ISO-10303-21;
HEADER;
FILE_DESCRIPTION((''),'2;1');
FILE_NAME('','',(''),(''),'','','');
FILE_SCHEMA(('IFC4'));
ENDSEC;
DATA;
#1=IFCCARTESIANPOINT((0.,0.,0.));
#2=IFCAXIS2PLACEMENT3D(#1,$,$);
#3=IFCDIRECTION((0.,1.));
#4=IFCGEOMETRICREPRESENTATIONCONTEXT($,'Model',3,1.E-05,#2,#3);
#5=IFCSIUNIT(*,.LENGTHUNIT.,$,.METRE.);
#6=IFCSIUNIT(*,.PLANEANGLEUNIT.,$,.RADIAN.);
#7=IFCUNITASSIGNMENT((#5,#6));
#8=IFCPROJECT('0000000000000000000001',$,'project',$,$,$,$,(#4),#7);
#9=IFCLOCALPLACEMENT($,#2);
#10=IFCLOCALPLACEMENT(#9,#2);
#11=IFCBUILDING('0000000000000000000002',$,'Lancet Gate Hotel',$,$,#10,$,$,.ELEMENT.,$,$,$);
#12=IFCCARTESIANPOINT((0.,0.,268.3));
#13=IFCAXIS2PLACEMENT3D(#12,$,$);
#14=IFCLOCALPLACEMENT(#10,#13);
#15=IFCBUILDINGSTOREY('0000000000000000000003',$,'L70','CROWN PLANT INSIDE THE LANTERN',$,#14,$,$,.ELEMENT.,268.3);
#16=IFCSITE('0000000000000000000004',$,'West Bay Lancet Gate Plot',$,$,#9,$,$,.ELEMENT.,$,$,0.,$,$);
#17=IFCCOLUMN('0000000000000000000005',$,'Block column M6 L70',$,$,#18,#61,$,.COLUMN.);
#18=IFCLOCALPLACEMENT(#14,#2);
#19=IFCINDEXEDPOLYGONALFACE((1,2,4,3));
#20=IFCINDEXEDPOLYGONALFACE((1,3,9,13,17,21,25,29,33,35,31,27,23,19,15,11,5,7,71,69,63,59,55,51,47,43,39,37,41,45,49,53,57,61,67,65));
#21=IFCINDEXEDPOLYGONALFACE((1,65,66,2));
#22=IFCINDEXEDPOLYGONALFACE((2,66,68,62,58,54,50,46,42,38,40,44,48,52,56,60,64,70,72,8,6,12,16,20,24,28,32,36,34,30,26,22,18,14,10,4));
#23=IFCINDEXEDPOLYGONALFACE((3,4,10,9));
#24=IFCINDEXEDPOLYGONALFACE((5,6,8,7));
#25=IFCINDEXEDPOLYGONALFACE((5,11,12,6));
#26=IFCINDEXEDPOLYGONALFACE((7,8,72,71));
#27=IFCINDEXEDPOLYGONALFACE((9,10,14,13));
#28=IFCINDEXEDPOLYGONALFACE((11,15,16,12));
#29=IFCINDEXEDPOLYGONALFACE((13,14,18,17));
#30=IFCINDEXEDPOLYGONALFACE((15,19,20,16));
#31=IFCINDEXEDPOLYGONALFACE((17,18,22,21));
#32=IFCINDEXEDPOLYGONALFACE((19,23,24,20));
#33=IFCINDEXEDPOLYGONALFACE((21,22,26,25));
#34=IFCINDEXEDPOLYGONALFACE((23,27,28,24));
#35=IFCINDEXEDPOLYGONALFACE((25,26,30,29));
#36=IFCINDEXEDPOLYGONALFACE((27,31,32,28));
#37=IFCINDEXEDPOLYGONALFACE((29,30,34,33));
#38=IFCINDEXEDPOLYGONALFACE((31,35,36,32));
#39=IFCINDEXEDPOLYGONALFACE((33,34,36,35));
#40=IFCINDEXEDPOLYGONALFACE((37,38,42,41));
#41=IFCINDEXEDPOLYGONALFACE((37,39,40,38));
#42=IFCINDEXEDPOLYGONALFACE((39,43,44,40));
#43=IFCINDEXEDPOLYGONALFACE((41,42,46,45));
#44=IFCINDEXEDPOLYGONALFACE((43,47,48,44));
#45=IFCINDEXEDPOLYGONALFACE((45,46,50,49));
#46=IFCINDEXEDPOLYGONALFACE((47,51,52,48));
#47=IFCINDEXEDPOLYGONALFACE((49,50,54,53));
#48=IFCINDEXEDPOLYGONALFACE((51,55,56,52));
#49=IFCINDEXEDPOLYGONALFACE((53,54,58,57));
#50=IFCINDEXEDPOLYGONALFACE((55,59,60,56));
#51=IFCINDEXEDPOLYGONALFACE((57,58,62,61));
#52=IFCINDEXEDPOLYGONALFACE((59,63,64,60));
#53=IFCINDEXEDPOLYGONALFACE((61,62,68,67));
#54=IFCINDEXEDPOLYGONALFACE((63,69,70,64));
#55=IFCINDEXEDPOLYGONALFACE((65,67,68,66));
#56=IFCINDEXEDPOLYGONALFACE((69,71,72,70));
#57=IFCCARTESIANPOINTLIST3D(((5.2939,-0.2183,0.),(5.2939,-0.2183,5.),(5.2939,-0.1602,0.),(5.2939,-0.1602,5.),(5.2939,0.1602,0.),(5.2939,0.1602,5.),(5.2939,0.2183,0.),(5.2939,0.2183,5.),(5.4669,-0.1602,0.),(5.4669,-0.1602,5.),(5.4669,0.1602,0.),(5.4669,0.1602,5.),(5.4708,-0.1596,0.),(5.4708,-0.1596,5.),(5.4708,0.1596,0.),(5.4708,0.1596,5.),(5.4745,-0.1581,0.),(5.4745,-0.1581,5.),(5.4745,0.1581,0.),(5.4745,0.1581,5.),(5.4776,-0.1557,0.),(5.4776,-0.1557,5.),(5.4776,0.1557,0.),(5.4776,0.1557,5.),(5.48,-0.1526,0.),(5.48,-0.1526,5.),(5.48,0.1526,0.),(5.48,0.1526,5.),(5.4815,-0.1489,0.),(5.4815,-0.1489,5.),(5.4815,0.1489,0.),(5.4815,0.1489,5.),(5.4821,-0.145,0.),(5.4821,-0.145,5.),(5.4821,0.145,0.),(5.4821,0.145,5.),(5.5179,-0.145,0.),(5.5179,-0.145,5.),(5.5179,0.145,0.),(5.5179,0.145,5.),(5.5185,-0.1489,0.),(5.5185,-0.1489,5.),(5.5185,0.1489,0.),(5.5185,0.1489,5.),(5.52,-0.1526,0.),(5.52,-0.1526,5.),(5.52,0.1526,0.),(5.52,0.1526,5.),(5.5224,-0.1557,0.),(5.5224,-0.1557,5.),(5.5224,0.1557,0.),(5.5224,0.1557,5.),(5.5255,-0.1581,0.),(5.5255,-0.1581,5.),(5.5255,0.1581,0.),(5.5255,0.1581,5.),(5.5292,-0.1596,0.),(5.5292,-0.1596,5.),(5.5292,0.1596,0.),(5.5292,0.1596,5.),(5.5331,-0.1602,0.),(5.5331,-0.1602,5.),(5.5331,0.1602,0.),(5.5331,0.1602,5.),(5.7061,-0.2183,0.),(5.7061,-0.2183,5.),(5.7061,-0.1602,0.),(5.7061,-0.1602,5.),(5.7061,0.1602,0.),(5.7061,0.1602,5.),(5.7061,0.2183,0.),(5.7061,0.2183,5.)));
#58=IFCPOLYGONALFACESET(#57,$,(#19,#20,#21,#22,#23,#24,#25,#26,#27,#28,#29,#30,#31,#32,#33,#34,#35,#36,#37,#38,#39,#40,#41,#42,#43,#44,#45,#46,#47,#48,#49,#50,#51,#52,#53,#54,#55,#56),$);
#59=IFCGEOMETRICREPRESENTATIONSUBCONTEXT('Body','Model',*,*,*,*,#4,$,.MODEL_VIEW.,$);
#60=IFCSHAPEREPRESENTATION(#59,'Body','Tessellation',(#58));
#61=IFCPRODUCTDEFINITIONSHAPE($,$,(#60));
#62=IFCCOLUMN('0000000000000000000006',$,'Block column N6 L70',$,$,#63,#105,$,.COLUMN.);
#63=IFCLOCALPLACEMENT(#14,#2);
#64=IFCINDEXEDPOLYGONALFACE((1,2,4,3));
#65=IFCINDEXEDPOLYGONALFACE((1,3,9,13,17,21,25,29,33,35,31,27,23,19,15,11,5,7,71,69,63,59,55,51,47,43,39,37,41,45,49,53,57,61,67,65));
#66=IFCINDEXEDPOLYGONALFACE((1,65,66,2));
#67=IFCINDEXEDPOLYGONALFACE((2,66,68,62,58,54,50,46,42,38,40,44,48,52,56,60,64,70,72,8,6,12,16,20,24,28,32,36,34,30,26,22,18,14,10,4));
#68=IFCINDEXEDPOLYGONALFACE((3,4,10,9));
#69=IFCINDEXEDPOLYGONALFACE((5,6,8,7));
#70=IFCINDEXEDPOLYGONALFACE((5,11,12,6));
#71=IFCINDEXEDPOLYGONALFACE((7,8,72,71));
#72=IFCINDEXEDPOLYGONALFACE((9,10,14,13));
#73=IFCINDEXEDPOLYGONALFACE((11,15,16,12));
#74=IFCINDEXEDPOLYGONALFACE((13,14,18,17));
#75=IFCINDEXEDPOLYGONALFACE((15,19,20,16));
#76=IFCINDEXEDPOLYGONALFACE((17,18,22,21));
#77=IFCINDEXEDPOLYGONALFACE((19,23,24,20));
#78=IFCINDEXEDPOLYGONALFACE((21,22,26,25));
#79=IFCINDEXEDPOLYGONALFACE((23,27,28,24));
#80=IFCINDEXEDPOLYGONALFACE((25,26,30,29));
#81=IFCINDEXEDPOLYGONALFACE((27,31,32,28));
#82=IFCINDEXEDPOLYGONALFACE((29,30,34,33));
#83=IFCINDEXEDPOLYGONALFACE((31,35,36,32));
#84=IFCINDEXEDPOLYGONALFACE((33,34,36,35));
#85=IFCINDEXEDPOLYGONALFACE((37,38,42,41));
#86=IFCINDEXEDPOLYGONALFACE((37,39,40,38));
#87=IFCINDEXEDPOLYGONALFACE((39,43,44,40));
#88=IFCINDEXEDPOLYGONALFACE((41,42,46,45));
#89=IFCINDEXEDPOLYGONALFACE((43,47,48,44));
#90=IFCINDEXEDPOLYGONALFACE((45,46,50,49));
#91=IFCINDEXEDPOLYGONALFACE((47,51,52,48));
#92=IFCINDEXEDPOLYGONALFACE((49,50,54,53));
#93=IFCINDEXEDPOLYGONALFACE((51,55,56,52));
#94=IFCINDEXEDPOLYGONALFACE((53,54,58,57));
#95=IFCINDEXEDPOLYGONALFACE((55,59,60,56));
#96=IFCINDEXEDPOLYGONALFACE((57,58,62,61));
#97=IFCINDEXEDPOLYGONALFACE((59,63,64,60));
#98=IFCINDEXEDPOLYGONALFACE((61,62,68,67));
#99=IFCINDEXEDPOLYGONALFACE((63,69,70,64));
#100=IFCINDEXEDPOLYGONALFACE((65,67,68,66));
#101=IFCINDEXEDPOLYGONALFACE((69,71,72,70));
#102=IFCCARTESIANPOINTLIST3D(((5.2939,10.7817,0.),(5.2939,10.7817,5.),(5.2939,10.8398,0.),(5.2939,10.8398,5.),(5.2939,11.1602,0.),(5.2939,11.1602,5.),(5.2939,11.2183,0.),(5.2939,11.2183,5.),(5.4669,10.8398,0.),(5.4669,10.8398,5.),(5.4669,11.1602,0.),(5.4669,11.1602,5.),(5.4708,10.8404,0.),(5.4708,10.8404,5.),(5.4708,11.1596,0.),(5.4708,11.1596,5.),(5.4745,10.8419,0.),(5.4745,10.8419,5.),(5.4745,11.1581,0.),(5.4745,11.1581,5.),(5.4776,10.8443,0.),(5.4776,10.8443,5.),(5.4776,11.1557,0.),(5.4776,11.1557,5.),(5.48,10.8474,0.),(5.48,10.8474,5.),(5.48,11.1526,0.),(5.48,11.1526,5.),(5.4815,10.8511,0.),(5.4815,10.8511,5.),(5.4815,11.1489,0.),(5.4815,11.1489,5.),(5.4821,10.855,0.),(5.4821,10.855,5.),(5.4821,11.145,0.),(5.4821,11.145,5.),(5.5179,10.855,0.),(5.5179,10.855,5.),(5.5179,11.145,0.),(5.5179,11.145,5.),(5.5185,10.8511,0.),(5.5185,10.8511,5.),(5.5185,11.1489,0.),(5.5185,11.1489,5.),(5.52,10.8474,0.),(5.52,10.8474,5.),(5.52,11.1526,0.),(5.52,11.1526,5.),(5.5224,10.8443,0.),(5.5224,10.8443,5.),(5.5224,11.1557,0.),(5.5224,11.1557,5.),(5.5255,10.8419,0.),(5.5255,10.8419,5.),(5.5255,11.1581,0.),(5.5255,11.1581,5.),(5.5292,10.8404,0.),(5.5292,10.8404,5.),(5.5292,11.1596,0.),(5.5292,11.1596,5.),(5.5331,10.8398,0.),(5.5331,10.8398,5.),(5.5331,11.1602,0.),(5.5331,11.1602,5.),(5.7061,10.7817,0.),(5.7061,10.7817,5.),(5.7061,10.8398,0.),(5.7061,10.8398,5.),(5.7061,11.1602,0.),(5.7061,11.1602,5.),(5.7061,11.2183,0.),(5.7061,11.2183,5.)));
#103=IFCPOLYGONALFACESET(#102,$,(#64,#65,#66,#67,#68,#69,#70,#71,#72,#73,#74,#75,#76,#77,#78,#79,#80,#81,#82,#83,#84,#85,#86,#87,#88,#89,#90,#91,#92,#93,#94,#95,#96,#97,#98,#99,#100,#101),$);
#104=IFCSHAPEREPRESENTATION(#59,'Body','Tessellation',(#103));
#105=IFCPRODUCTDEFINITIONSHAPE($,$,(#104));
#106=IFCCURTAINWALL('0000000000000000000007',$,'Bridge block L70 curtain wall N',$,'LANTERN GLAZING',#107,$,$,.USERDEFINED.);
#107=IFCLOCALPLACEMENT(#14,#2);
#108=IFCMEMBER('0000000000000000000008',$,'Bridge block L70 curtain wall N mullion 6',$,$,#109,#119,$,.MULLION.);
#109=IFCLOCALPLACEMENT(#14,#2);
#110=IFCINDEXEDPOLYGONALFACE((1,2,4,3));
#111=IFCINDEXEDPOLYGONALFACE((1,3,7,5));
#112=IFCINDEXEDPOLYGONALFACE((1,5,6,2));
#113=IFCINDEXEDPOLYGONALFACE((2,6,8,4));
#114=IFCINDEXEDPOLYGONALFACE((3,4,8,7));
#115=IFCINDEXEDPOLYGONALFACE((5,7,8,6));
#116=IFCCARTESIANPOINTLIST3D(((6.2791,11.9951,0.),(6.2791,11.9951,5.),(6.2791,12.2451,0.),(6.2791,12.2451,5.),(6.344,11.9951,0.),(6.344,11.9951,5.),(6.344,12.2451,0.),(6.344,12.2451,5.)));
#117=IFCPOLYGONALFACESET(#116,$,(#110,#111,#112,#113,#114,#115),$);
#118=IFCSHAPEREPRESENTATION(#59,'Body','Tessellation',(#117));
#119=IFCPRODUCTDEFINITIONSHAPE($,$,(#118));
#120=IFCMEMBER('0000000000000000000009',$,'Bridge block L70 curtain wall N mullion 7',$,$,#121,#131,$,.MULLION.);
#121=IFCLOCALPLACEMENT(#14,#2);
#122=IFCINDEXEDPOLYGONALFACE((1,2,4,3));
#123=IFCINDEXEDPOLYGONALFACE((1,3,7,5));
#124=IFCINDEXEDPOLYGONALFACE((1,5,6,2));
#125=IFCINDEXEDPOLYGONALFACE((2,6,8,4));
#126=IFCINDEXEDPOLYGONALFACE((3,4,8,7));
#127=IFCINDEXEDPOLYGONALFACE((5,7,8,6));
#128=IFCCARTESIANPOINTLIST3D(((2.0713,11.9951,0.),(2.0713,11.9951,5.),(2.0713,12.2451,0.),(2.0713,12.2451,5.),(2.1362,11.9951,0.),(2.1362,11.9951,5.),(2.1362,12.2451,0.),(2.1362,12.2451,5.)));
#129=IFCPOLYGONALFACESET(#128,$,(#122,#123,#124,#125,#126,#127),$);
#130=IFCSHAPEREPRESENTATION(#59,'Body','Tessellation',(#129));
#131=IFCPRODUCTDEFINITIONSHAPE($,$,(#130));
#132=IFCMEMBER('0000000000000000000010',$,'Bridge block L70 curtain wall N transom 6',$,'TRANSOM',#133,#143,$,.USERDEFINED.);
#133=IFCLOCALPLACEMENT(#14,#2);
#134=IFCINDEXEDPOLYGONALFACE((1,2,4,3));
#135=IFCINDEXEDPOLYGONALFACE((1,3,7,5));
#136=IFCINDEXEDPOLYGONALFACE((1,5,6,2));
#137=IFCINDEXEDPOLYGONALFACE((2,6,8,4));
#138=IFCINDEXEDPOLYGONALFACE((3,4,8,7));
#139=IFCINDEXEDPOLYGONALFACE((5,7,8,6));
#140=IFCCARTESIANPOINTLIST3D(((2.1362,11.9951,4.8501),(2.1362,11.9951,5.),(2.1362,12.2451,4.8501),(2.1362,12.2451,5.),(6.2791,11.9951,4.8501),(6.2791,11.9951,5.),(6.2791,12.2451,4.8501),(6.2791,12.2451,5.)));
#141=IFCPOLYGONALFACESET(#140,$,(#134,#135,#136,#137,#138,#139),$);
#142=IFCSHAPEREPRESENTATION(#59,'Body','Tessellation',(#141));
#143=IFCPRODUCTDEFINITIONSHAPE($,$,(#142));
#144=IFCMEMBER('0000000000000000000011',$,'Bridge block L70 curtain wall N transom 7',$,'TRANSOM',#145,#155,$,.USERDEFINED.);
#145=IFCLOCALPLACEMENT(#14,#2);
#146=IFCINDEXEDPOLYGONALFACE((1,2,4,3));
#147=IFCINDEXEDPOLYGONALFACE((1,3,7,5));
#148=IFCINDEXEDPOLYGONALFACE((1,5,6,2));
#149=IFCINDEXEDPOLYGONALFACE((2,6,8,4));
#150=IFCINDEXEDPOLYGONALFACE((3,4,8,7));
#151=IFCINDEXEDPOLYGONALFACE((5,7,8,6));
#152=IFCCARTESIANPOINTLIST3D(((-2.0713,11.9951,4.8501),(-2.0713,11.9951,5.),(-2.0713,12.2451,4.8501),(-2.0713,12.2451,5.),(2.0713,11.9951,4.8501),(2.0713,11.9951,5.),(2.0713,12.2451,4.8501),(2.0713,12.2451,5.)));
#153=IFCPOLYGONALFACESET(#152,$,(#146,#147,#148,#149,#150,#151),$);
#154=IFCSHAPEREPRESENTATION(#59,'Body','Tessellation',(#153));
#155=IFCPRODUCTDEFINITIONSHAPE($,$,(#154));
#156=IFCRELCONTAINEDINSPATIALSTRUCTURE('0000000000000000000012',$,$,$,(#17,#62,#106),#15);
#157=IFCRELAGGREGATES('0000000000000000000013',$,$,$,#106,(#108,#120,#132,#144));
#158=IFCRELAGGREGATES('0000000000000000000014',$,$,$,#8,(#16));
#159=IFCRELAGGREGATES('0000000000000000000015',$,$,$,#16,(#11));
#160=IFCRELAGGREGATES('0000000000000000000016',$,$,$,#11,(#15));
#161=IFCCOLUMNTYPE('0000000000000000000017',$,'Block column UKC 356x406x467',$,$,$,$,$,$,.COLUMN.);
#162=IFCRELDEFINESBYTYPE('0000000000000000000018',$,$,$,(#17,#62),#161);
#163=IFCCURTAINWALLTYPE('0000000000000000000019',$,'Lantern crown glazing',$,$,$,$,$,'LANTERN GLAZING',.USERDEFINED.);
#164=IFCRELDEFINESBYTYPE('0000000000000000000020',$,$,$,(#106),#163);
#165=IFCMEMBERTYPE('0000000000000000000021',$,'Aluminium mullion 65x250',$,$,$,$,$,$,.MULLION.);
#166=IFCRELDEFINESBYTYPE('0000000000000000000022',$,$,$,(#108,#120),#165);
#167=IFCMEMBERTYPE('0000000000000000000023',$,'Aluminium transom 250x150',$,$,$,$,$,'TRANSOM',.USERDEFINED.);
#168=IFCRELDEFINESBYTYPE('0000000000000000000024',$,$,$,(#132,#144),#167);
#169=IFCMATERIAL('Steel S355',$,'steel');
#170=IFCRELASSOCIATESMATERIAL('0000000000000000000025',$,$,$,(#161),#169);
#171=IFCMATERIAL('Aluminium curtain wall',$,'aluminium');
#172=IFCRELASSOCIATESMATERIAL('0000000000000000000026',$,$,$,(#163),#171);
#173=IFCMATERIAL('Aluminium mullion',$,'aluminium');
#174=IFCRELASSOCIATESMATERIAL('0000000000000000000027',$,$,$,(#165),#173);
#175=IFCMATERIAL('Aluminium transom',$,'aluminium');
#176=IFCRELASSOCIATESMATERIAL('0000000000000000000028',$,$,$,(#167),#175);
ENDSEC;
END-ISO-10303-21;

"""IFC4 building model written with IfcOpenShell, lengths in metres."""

from ifc_helpers import new_model, si_unit, direction, frame, origin, origin_2d, place, context, subcontext, project, spatial, rectangle, i_section, extrude, material, material_profile, profile_set, type_object, element, aggregate, save


model = new_model("IFC4")

# Units and contexts
model_context = context("Model", 3, precision=1e-05, world=origin(), true_north=direction((0.0, 1.0)))
body_context = subcontext(model_context, "Body", "Model", "MODEL_VIEW")
ifc_project = project(units=[si_unit("LENGTHUNIT", "METRE"), si_unit("PLANEANGLEUNIT", "RADIAN")], contexts=[model_context])

# Site, building, storey
site_placement = place(None, origin())
site = spatial("IfcSite", under=ifc_project, at=site_placement, Name="West Bay Lancet Gate Plot", CompositionType="ELEMENT", RefElevation=0.0)
building_placement = place(site_placement, origin())
building = spatial("IfcBuilding", under=site, at=building_placement, Name="Lancet Gate Hotel", CompositionType="ELEMENT")
storey_placement = place(building_placement, frame((0.0, 0.0, 268.3)))
storey = spatial("IfcBuildingStorey", under=building, at=storey_placement, Name="L70", Description="CROWN PLANT INSIDE THE LANTERN", CompositionType="ELEMENT", Elevation=268.3)

# Columns
ifc_material_1 = material(Name="Steel S355", Category="steel")
ifc_material_profile_1 = material_profile(ifc_material_1, i_section(OverallWidth=0.4121, OverallDepth=0.4365, WebThickness=0.0359, FlangeThickness=0.0581, FilletRadius=0.0151, at=origin_2d()), Name="UKC 356x406x467")
ifc_profile_set_1 = profile_set([ifc_material_profile_1], Name="Steel S355")
column_type = type_object("IfcColumnType", Name="Block column UKC 356x406x467", PredefinedType="COLUMN", material=ifc_profile_set_1)
for number, where, z_axis, x_axis, name in (
    (1, (5.5, 0.0, 0.0), (0.0, 0.0, 1.0), (1.0, 0.0, 0.0), "Block column M6 L70"),
    (2, (5.5, 11.0, 0.0), (0.0, 0.0, 1.0), (1.0, 0.0, 0.0), "Block column N6 L70"),
):
    element("IfcColumn", number, at=place(storey_placement, frame(where, z_axis=z_axis, x_axis=x_axis)), inside=storey, type_object=column_type, Name=name, PredefinedType="COLUMN", context=body_context, shape_type="SweptSolid", body=[
        extrude(i_section(OverallWidth=0.4121, OverallDepth=0.4365, WebThickness=0.0359, FlangeThickness=0.0581, FilletRadius=0.0151, at=origin_2d()), origin(), (0.0, 0.0, 1.0), 5.0),
    ])

# Curtain wall, members
ifc_material_2 = material(Name="Aluminium curtain wall", Category="aluminium")
curtain_wall_type_1 = type_object("IfcCurtainWallType", Name="Lantern crown glazing", ElementType="LANTERN GLAZING", PredefinedType="USERDEFINED", material=ifc_material_2)
curtain_wall_1_placement = place(storey_placement, origin())
curtain_wall_1 = element("IfcCurtainWall", 3, at=curtain_wall_1_placement, inside=storey, type_object=curtain_wall_type_1, Name="Bridge block L70 curtain wall N", ObjectType="LANTERN GLAZING", PredefinedType="USERDEFINED")
ifc_material_3 = material(Name="Aluminium mullion", Category="aluminium")
ifc_material_profile_2 = material_profile(ifc_material_3, rectangle(XDim=0.0649, YDim=0.25, at=origin_2d()), Name="MULLION 65x250")
ifc_profile_set_2 = profile_set([ifc_material_profile_2], Name="Aluminium mullion")
member_type_1 = type_object("IfcMemberType", Name="Aluminium mullion 65x250", PredefinedType="MULLION", material=ifc_profile_set_2)
member_1_placement = place(storey_placement, frame((6.3115, 12.1201, 0.0), z_axis=(0.0, 0.0, 1.0), x_axis=(-1.0, 0.0, 0.0)))
member_1 = element("IfcMember", 4, at=member_1_placement, type_object=member_type_1, Name="Bridge block L70 curtain wall N mullion 6", PredefinedType="MULLION", context=body_context, shape_type="SweptSolid", body=[
    extrude(rectangle(XDim=0.0649, YDim=0.25, at=origin_2d()), origin(), (0.0, 0.0, 1.0), 5.0),
])
member_2_placement = place(storey_placement, frame((2.1038, 12.1201, 0.0), z_axis=(0.0, 0.0, 1.0), x_axis=(-1.0, 0.0, 0.0)))
member_2 = element("IfcMember", 5, at=member_2_placement, type_object=member_type_1, Name="Bridge block L70 curtain wall N mullion 7", PredefinedType="MULLION", context=body_context, shape_type="SweptSolid", body=[
    extrude(rectangle(XDim=0.0649, YDim=0.25, at=origin_2d()), origin(), (0.0, 0.0, 1.0), 5.0),
])
ifc_material_4 = material(Name="Aluminium transom", Category="aluminium")
ifc_material_profile_3 = material_profile(ifc_material_4, rectangle(XDim=0.25, YDim=0.1499, at=origin_2d()), Name="TRANSOM 250x150")
ifc_profile_set_3 = profile_set([ifc_material_profile_3], Name="Aluminium transom")
member_type_2 = type_object("IfcMemberType", Name="Aluminium transom 250x150", ElementType="TRANSOM", PredefinedType="USERDEFINED", material=ifc_profile_set_3)
member_3_placement = place(storey_placement, frame((6.2791, 12.1201, 4.925), z_axis=(-1.0, 0.0, 0.0), x_axis=(0.0, -1.0, 0.0)))
member_3 = element("IfcMember", 6, at=member_3_placement, type_object=member_type_2, Name="Bridge block L70 curtain wall N transom 6", ObjectType="TRANSOM", PredefinedType="USERDEFINED", context=body_context, shape_type="SweptSolid", body=[
    extrude(rectangle(XDim=0.25, YDim=0.1499, at=origin_2d()), origin(), (0.0, 0.0, 1.0), 4.1428),
])
member_4_placement = place(storey_placement, frame((2.0713, 12.1201, 4.925), z_axis=(-1.0, 0.0, 0.0), x_axis=(0.0, -1.0, 0.0)))
member_4 = element("IfcMember", 7, at=member_4_placement, type_object=member_type_2, Name="Bridge block L70 curtain wall N transom 7", ObjectType="TRANSOM", PredefinedType="USERDEFINED", context=body_context, shape_type="SweptSolid", body=[
    extrude(rectangle(XDim=0.25, YDim=0.1499, at=origin_2d()), origin(), (0.0, 0.0, 1.0), 4.1426),
])

aggregate(curtain_wall_1, [member_1, member_2, member_3, member_4])

save(model, "model.ifc")
